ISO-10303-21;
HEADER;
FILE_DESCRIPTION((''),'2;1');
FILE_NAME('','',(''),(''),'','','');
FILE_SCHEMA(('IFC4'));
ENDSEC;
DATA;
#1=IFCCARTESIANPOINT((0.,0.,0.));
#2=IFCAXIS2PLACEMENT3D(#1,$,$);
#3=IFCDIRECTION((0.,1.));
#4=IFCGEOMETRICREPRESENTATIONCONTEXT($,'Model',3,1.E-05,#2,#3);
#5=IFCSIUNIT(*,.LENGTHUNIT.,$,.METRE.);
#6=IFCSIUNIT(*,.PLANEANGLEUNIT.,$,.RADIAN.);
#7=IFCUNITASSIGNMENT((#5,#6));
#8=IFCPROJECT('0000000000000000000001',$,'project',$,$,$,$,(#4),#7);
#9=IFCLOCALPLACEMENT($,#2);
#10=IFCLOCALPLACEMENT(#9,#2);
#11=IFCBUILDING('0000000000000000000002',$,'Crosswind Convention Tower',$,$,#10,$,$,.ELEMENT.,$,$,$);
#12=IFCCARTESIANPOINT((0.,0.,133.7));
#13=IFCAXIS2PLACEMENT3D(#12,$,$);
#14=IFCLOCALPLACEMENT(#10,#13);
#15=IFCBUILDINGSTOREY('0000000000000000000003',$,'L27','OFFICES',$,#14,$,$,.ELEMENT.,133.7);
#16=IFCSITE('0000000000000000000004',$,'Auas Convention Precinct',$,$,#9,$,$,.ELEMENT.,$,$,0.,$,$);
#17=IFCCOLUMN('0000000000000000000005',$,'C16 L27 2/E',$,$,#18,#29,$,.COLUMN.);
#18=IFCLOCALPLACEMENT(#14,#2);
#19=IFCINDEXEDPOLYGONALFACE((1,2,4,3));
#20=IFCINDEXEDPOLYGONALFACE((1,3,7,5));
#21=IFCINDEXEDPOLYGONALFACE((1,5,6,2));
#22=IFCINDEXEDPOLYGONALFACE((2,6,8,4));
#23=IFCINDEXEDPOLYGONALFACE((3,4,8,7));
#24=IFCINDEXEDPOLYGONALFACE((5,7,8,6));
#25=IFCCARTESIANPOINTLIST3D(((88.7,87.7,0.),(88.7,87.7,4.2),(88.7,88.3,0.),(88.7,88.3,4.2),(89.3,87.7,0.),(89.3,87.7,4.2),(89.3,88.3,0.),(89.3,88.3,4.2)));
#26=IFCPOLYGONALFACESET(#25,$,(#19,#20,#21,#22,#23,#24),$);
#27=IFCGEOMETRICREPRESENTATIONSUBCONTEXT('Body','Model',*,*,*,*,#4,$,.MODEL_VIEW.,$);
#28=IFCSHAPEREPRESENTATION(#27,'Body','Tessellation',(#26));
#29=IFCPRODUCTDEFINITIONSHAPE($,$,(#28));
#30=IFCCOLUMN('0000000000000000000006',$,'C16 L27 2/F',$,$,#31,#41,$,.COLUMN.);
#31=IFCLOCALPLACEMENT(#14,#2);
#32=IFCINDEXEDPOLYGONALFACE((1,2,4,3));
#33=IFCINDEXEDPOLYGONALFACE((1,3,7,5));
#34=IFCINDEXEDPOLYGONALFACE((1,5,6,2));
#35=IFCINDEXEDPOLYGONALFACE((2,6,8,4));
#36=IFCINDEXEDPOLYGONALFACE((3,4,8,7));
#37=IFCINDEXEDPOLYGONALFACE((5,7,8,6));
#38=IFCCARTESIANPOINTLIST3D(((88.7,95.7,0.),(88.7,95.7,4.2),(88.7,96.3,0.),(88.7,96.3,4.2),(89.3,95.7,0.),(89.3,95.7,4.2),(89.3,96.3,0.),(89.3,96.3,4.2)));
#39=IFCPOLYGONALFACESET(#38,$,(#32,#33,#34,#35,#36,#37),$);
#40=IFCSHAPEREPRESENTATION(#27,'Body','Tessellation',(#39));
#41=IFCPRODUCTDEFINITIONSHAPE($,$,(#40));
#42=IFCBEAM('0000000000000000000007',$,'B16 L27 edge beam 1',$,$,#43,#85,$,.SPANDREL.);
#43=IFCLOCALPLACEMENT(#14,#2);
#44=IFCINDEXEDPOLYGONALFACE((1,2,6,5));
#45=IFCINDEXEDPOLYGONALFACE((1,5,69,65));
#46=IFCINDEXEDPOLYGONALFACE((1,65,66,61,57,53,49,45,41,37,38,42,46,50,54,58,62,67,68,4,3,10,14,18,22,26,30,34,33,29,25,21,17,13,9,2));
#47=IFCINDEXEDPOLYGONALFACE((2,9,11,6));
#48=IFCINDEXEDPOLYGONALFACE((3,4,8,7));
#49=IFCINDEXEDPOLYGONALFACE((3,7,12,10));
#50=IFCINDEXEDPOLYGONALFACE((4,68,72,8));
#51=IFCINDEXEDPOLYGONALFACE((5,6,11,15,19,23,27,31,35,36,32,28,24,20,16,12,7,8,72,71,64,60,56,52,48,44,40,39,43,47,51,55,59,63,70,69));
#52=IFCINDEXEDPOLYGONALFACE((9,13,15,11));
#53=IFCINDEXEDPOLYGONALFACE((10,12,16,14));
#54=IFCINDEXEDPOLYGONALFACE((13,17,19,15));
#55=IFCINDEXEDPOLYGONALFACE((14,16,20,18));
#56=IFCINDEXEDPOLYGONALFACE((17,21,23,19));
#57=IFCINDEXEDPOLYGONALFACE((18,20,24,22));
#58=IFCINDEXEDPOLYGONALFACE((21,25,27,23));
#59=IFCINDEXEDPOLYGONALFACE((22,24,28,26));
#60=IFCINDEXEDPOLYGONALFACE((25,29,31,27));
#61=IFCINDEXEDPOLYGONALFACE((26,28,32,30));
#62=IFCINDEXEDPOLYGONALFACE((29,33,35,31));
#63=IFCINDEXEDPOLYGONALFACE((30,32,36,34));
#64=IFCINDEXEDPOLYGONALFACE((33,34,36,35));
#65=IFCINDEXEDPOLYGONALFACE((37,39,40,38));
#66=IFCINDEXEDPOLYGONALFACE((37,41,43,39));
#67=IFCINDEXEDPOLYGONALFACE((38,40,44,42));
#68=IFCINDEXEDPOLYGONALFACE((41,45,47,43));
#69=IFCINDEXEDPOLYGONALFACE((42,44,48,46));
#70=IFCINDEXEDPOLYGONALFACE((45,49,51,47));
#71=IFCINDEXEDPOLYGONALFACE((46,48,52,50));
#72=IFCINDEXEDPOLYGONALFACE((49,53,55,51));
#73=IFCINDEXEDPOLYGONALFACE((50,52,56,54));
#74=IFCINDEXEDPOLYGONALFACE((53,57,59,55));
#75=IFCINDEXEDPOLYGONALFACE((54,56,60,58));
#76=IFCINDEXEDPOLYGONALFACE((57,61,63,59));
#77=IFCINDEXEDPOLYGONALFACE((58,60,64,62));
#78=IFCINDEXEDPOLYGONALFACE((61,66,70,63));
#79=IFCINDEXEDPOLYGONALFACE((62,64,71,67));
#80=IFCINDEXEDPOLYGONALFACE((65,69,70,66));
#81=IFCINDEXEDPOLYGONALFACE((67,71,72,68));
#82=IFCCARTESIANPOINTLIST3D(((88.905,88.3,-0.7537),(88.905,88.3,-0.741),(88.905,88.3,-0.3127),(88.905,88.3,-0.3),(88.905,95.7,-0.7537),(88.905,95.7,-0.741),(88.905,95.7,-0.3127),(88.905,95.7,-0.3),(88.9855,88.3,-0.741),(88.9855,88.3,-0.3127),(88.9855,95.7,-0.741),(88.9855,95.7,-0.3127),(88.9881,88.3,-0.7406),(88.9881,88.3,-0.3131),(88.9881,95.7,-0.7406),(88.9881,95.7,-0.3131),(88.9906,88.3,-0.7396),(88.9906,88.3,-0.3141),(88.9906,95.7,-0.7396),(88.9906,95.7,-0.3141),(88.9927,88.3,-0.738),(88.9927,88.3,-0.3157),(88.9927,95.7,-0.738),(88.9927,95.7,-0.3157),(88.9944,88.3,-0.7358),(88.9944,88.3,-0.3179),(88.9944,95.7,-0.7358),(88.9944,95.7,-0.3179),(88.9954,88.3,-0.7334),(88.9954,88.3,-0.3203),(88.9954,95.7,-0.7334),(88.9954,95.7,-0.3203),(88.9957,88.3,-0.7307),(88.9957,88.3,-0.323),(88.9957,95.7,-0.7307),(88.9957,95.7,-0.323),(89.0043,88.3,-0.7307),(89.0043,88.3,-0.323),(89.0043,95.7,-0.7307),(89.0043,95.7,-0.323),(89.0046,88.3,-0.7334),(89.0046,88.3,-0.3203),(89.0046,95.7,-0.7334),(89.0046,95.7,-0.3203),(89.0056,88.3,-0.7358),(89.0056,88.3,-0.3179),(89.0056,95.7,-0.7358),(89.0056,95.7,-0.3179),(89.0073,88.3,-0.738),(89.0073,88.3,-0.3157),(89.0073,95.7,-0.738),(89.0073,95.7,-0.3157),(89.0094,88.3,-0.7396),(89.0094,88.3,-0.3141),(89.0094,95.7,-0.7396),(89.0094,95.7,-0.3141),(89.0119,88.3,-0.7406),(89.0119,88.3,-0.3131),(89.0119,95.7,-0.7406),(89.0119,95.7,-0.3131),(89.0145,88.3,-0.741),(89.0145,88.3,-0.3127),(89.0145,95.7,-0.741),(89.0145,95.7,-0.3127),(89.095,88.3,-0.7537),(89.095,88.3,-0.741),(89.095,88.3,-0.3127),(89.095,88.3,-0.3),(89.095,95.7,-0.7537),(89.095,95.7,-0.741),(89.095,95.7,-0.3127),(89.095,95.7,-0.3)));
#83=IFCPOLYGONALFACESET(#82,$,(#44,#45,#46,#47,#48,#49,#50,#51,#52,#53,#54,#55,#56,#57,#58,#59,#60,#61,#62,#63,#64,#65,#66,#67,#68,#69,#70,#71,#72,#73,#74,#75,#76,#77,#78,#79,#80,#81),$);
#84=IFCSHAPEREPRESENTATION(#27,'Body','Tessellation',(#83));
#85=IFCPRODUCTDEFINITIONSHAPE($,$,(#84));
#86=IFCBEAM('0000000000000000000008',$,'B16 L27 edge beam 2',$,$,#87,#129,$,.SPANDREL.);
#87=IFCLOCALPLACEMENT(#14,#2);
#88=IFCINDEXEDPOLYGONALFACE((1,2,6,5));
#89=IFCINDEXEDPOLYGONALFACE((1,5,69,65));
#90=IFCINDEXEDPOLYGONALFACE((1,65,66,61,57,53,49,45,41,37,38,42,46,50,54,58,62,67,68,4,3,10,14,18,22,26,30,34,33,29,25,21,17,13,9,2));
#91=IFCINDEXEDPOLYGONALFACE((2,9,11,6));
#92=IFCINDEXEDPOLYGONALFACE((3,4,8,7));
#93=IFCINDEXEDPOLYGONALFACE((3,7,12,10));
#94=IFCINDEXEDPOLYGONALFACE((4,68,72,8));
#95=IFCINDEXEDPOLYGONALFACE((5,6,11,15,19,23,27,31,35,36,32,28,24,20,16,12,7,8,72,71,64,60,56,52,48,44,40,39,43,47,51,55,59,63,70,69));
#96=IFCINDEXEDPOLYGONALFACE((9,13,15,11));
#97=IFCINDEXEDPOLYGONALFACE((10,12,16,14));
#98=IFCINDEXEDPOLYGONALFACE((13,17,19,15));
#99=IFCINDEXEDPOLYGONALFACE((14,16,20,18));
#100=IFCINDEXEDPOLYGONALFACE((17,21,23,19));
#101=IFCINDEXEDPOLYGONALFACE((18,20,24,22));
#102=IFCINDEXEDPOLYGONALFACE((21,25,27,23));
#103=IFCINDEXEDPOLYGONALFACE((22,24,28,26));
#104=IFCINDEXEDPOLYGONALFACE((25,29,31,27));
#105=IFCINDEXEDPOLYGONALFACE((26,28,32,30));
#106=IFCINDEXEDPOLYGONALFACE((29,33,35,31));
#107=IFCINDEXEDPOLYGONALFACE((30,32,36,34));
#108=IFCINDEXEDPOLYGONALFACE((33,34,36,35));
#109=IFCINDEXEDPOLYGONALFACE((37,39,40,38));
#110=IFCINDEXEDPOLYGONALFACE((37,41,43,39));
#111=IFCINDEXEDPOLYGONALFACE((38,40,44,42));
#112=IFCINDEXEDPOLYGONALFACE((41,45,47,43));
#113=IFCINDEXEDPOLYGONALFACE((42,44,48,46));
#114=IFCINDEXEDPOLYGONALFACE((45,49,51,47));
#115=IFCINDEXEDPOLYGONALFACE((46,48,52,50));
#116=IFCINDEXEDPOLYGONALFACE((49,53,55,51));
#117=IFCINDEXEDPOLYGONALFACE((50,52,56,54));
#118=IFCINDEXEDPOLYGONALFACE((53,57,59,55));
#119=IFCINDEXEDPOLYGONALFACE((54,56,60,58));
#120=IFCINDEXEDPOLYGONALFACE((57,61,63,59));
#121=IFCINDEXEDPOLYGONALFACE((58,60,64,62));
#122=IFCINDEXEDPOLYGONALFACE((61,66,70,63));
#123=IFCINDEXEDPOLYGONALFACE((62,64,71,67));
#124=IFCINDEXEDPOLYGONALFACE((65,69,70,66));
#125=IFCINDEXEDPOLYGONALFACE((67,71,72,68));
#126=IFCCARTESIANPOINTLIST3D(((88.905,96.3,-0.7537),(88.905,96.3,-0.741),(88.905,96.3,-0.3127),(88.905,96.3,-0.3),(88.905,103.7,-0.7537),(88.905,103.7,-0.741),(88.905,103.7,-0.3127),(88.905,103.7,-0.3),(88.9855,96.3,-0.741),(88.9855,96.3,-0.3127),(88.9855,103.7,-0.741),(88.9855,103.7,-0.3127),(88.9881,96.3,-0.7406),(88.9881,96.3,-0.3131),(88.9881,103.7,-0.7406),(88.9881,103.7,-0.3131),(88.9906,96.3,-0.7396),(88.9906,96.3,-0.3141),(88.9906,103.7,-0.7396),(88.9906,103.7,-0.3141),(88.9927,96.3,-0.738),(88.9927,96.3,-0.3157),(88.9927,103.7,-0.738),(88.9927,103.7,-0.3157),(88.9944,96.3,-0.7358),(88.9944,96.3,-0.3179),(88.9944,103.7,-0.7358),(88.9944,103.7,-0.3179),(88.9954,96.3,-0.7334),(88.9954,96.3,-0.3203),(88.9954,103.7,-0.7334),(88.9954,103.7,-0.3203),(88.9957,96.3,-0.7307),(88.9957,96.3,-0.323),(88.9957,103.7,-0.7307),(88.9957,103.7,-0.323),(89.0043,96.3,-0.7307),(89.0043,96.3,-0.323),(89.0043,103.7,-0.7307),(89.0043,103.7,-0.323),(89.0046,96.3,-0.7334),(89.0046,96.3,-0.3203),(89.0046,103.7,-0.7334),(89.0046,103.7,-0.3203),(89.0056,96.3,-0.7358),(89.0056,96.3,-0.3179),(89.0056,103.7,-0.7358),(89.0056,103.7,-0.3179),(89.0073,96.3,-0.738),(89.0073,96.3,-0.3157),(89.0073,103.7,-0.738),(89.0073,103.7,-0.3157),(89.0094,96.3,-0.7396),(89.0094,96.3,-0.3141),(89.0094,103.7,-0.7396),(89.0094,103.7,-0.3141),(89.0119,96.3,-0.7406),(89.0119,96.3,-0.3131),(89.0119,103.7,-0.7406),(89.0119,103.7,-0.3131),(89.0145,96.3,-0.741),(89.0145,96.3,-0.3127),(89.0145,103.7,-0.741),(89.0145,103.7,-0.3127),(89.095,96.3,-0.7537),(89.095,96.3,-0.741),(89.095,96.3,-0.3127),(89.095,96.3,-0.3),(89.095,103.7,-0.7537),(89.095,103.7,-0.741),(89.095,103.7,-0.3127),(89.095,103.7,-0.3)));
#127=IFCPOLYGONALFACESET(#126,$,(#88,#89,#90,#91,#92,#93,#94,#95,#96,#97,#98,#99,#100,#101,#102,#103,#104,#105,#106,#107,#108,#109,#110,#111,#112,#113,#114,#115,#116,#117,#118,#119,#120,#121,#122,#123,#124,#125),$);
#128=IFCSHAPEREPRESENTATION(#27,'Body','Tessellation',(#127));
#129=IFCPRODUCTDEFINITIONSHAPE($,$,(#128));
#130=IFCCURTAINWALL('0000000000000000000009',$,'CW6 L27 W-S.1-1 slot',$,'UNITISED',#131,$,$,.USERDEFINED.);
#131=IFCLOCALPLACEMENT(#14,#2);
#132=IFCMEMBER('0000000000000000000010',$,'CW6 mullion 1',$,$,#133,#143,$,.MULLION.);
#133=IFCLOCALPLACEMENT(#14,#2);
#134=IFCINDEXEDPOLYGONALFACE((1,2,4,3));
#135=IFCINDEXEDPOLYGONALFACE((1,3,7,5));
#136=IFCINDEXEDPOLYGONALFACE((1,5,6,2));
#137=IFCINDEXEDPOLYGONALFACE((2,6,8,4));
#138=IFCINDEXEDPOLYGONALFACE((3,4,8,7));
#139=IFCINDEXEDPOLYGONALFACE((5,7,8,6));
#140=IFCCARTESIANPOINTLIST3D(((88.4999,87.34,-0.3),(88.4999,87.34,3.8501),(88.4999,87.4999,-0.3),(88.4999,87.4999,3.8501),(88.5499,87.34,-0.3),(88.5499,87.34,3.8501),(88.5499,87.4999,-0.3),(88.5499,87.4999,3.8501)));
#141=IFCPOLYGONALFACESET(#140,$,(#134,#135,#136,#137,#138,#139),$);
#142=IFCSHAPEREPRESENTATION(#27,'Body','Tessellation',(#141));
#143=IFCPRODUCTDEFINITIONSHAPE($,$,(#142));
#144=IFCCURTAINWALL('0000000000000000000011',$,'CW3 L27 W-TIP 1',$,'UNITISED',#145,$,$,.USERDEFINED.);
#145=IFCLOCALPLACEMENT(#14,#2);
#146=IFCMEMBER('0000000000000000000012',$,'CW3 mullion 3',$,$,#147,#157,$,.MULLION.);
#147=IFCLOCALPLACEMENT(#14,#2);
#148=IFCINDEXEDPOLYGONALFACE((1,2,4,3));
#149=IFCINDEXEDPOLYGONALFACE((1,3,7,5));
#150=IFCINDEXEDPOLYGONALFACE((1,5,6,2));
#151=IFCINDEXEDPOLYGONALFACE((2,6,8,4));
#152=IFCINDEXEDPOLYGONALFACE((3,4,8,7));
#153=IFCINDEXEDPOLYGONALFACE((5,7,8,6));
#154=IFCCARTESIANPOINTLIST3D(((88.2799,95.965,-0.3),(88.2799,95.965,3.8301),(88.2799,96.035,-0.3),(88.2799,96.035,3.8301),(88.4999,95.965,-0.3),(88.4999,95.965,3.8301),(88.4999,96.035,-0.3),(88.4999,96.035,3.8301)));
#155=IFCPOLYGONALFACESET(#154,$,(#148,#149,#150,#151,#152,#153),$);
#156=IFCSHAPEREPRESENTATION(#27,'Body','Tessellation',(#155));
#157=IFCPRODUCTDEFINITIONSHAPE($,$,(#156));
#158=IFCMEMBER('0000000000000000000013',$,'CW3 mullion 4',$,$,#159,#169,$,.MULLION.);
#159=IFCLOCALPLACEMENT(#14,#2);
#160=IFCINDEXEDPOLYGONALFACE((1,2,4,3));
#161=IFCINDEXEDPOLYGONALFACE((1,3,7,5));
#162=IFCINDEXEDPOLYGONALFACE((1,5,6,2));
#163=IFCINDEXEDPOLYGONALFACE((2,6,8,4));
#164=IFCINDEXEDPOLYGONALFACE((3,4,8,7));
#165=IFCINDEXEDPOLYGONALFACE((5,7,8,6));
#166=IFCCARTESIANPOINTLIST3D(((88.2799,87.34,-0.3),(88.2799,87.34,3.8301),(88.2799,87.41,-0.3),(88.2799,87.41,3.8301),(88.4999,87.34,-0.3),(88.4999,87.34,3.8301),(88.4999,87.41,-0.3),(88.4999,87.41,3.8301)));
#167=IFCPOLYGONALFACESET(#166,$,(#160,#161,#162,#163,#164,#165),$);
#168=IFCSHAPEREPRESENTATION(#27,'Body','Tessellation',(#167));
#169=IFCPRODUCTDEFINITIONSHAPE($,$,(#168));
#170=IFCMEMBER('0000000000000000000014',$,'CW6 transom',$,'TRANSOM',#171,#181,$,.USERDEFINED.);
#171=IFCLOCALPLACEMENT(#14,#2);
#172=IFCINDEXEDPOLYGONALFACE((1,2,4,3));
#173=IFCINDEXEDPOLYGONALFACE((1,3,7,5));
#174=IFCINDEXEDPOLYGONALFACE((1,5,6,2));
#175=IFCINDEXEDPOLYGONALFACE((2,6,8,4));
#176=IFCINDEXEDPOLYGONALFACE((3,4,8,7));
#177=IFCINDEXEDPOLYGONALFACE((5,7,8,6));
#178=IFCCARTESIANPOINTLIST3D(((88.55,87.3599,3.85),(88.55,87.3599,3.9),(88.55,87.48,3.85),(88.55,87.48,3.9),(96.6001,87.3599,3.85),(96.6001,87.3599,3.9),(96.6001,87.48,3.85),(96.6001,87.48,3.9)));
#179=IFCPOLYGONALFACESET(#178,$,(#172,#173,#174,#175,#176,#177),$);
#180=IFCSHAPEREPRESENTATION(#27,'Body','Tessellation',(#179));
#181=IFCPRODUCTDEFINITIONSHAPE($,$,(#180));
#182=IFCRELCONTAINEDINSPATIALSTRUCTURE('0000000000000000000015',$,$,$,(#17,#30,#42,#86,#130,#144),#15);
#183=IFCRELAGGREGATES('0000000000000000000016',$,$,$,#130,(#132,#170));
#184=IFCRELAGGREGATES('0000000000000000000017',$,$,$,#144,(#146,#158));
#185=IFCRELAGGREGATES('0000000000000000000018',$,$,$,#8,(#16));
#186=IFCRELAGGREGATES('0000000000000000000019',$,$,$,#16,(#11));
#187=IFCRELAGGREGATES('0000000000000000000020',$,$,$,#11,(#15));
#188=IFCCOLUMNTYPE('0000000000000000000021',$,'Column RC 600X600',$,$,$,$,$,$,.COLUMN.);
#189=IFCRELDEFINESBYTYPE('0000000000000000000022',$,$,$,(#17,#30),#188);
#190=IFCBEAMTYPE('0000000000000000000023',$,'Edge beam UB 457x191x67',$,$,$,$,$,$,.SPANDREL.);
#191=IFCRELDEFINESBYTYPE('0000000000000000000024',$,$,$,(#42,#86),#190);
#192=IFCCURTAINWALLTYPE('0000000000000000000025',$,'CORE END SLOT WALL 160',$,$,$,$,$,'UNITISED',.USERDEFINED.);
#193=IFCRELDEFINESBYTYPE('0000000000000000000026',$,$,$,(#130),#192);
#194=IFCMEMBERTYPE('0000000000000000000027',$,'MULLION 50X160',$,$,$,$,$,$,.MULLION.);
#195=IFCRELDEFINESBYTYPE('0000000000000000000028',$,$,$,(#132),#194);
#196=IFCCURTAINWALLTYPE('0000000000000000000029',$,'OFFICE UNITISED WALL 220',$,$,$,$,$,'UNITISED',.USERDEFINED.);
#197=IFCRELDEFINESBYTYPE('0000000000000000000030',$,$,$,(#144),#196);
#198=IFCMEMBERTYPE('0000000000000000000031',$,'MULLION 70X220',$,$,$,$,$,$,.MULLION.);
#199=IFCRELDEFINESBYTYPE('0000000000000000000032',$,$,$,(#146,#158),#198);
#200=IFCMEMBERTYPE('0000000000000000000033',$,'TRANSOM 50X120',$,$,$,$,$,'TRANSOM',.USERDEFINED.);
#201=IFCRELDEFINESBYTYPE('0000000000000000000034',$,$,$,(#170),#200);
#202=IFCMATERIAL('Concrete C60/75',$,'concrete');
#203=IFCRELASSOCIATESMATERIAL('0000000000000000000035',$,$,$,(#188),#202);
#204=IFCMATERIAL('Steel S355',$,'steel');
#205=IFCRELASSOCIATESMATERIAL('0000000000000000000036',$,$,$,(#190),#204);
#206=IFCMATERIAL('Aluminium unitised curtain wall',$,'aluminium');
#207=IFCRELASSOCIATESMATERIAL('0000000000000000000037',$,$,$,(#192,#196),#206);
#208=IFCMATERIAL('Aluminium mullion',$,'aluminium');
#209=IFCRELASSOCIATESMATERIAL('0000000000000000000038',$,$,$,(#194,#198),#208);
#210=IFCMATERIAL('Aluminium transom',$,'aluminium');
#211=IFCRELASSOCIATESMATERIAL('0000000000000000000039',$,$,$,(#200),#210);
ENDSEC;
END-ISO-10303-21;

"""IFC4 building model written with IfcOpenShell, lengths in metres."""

from ifc_helpers import new_model, si_unit, direction, frame, origin, origin_2d, place, context, subcontext, project, spatial, rectangle, i_section, extrude, material, material_profile, profile_set, type_object, element, aggregate, save


model = new_model("IFC4")

# Units and contexts
model_context = context("Model", 3, precision=1e-05, world=origin(), true_north=direction((0.0, 1.0)))
body_context = subcontext(model_context, "Body", "Model", "MODEL_VIEW")
ifc_project = project(units=[si_unit("LENGTHUNIT", "METRE"), si_unit("PLANEANGLEUNIT", "RADIAN")], contexts=[model_context])

# Site, building, storey
site_placement = place(None, origin())
site = spatial("IfcSite", under=ifc_project, at=site_placement, Name="Auas Convention Precinct", CompositionType="ELEMENT", RefElevation=0.0)
building_placement = place(site_placement, origin())
building = spatial("IfcBuilding", under=site, at=building_placement, Name="Crosswind Convention Tower", CompositionType="ELEMENT")
storey_placement = place(building_placement, frame((0.0, 0.0, 133.7)))
storey = spatial("IfcBuildingStorey", under=building, at=storey_placement, Name="L27", Description="OFFICES", CompositionType="ELEMENT", Elevation=133.7)

# Columns
ifc_material_1 = material(Name="Concrete C60/75", Category="concrete")
ifc_material_profile_1 = material_profile(ifc_material_1, rectangle(XDim=0.6001, YDim=0.6001, at=origin_2d()), Name="RC 600X600")
ifc_profile_set_1 = profile_set([ifc_material_profile_1], Name="Concrete C60/75")
column_type = type_object("IfcColumnType", Name="Column RC 600X600", PredefinedType="COLUMN", material=ifc_profile_set_1)
for number, where, z_axis, x_axis, name in (
    (1, (89.0, 88.0, 0.0), (0.0, 0.0, 1.0), (1.0, 0.0, 0.0), "C16 L27 2/E"),
    (2, (89.0, 96.0, 0.0), (0.0, 0.0, 1.0), (1.0, 0.0, 0.0), "C16 L27 2/F"),
):
    element("IfcColumn", number, at=place(storey_placement, frame(where, z_axis=z_axis, x_axis=x_axis)), inside=storey, type_object=column_type, Name=name, PredefinedType="COLUMN", context=body_context, shape_type="SweptSolid", body=[
        extrude(rectangle(XDim=0.6001, YDim=0.6001, at=origin_2d()), origin(), (0.0, 0.0, 1.0), 4.2),
    ])

# Beams
ifc_material_2 = material(Name="Steel S355", Category="steel")
ifc_material_profile_2 = material_profile(ifc_material_2, i_section(OverallWidth=0.1899, OverallDepth=0.4536, WebThickness=0.0085, FlangeThickness=0.0127, FilletRadius=0.0103, at=origin_2d()), Name="UB 457x191x67")
ifc_profile_set_2 = profile_set([ifc_material_profile_2], Name="Steel S355")
beam_type = type_object("IfcBeamType", Name="Edge beam UB 457x191x67", PredefinedType="SPANDREL", material=ifc_profile_set_2)
for number, where, z_axis, x_axis, name in (
    (3, (89.0, 88.3, -0.5269), (0.0, 1.0, 0.0), (-1.0, 0.0, 0.0), "B16 L27 edge beam 1"),
    (4, (89.0, 96.3, -0.5269), (0.0, 1.0, 0.0), (-1.0, 0.0, 0.0), "B16 L27 edge beam 2"),
):
    element("IfcBeam", number, at=place(storey_placement, frame(where, z_axis=z_axis, x_axis=x_axis)), inside=storey, type_object=beam_type, Name=name, PredefinedType="SPANDREL", context=body_context, shape_type="SweptSolid", body=[
        extrude(i_section(OverallWidth=0.1899, OverallDepth=0.4536, WebThickness=0.0085, FlangeThickness=0.0127, FilletRadius=0.0103, at=origin_2d()), origin(), (0.0, 0.0, 1.0), 7.3999),
    ])

# Curtain wall, member
ifc_material_3 = material(Name="Aluminium unitised curtain wall", Category="aluminium")
curtain_wall_type_1 = type_object("IfcCurtainWallType", Name="CORE END SLOT WALL 160", ElementType="UNITISED", PredefinedType="USERDEFINED", material=ifc_material_3)
curtain_wall_1_placement = place(storey_placement, origin())
curtain_wall_1 = element("IfcCurtainWall", 5, at=curtain_wall_1_placement, inside=storey, type_object=curtain_wall_type_1, Name="CW6 L27 W-S.1-1 slot", ObjectType="UNITISED", PredefinedType="USERDEFINED")
ifc_material_4 = material(Name="Aluminium mullion", Category="aluminium")
ifc_material_profile_3 = material_profile(ifc_material_4, rectangle(XDim=0.1599, YDim=0.05, at=origin_2d()), Name="AL 160X50")
ifc_profile_set_3 = profile_set([ifc_material_profile_3], Name="Aluminium mullion")
member_type_1 = type_object("IfcMemberType", Name="MULLION 50X160", PredefinedType="MULLION", material=ifc_profile_set_3)
member_1_placement = place(storey_placement, frame((88.5249, 87.4199, -0.3), z_axis=(0.0, 0.0, 1.0), x_axis=(0.0, -1.0, 0.0)))
member_1 = element("IfcMember", 6, at=member_1_placement, type_object=member_type_1, Name="CW6 mullion 1", PredefinedType="MULLION", context=body_context, shape_type="SweptSolid", body=[
    extrude(rectangle(XDim=0.1599, YDim=0.05, at=origin_2d()), origin(), (0.0, 0.0, 1.0), 4.1501),
])

# Curtain wall, members
curtain_wall_type_2 = type_object("IfcCurtainWallType", Name="OFFICE UNITISED WALL 220", ElementType="UNITISED", PredefinedType="USERDEFINED", material=ifc_material_3)
curtain_wall_2_placement = place(storey_placement, origin())
curtain_wall_2 = element("IfcCurtainWall", 7, at=curtain_wall_2_placement, inside=storey, type_object=curtain_wall_type_2, Name="CW3 L27 W-TIP 1", ObjectType="UNITISED", PredefinedType="USERDEFINED")
ifc_material_profile_4 = material_profile(ifc_material_4, rectangle(XDim=0.22, YDim=0.0701, at=origin_2d()), Name="AL 220X70")
ifc_profile_set_4 = profile_set([ifc_material_profile_4], Name="Aluminium mullion")
member_type_2 = type_object("IfcMemberType", Name="MULLION 70X220", PredefinedType="MULLION", material=ifc_profile_set_4)
member_2_placement = place(storey_placement, frame((88.3899, 96.0, -0.3), z_axis=(0.0, 0.0, 1.0), x_axis=(-1.0, 0.0, 0.0)))
member_2 = element("IfcMember", 8, at=member_2_placement, type_object=member_type_2, Name="CW3 mullion 3", PredefinedType="MULLION", context=body_context, shape_type="SweptSolid", body=[
    extrude(rectangle(XDim=0.22, YDim=0.0701, at=origin_2d()), origin(), (0.0, 0.0, 1.0), 4.1301),
])
member_3_placement = place(storey_placement, frame((88.3899, 87.375, -0.3), z_axis=(0.0, 0.0, 1.0), x_axis=(-1.0, 0.0, 0.0)))
member_3 = element("IfcMember", 9, at=member_3_placement, type_object=member_type_2, Name="CW3 mullion 4", PredefinedType="MULLION", context=body_context, shape_type="SweptSolid", body=[
    extrude(rectangle(XDim=0.22, YDim=0.0701, at=origin_2d()), origin(), (0.0, 0.0, 1.0), 4.1301),
])

# Member
ifc_material_5 = material(Name="Aluminium transom", Category="aluminium")
ifc_material_profile_5 = material_profile(ifc_material_5, rectangle(XDim=0.1201, YDim=0.05, at=origin_2d()), Name="AL 120X50")
ifc_profile_set_5 = profile_set([ifc_material_profile_5], Name="Aluminium transom")
member_type_3 = type_object("IfcMemberType", Name="TRANSOM 50X120", ElementType="TRANSOM", PredefinedType="USERDEFINED", material=ifc_profile_set_5)
member_4_placement = place(storey_placement, frame((88.55, 87.4199, 3.875), z_axis=(1.0, 0.0, 0.0), x_axis=(0.0, 1.0, 0.0)))
member_4 = element("IfcMember", 10, at=member_4_placement, type_object=member_type_3, Name="CW6 transom", ObjectType="TRANSOM", PredefinedType="USERDEFINED", context=body_context, shape_type="SweptSolid", body=[
    extrude(rectangle(XDim=0.1201, YDim=0.05, at=origin_2d()), origin(), (0.0, 0.0, 1.0), 8.05),
])

aggregate(curtain_wall_1, [member_1, member_4])
aggregate(curtain_wall_2, [member_2, member_3])

save(model, "model.ifc")
